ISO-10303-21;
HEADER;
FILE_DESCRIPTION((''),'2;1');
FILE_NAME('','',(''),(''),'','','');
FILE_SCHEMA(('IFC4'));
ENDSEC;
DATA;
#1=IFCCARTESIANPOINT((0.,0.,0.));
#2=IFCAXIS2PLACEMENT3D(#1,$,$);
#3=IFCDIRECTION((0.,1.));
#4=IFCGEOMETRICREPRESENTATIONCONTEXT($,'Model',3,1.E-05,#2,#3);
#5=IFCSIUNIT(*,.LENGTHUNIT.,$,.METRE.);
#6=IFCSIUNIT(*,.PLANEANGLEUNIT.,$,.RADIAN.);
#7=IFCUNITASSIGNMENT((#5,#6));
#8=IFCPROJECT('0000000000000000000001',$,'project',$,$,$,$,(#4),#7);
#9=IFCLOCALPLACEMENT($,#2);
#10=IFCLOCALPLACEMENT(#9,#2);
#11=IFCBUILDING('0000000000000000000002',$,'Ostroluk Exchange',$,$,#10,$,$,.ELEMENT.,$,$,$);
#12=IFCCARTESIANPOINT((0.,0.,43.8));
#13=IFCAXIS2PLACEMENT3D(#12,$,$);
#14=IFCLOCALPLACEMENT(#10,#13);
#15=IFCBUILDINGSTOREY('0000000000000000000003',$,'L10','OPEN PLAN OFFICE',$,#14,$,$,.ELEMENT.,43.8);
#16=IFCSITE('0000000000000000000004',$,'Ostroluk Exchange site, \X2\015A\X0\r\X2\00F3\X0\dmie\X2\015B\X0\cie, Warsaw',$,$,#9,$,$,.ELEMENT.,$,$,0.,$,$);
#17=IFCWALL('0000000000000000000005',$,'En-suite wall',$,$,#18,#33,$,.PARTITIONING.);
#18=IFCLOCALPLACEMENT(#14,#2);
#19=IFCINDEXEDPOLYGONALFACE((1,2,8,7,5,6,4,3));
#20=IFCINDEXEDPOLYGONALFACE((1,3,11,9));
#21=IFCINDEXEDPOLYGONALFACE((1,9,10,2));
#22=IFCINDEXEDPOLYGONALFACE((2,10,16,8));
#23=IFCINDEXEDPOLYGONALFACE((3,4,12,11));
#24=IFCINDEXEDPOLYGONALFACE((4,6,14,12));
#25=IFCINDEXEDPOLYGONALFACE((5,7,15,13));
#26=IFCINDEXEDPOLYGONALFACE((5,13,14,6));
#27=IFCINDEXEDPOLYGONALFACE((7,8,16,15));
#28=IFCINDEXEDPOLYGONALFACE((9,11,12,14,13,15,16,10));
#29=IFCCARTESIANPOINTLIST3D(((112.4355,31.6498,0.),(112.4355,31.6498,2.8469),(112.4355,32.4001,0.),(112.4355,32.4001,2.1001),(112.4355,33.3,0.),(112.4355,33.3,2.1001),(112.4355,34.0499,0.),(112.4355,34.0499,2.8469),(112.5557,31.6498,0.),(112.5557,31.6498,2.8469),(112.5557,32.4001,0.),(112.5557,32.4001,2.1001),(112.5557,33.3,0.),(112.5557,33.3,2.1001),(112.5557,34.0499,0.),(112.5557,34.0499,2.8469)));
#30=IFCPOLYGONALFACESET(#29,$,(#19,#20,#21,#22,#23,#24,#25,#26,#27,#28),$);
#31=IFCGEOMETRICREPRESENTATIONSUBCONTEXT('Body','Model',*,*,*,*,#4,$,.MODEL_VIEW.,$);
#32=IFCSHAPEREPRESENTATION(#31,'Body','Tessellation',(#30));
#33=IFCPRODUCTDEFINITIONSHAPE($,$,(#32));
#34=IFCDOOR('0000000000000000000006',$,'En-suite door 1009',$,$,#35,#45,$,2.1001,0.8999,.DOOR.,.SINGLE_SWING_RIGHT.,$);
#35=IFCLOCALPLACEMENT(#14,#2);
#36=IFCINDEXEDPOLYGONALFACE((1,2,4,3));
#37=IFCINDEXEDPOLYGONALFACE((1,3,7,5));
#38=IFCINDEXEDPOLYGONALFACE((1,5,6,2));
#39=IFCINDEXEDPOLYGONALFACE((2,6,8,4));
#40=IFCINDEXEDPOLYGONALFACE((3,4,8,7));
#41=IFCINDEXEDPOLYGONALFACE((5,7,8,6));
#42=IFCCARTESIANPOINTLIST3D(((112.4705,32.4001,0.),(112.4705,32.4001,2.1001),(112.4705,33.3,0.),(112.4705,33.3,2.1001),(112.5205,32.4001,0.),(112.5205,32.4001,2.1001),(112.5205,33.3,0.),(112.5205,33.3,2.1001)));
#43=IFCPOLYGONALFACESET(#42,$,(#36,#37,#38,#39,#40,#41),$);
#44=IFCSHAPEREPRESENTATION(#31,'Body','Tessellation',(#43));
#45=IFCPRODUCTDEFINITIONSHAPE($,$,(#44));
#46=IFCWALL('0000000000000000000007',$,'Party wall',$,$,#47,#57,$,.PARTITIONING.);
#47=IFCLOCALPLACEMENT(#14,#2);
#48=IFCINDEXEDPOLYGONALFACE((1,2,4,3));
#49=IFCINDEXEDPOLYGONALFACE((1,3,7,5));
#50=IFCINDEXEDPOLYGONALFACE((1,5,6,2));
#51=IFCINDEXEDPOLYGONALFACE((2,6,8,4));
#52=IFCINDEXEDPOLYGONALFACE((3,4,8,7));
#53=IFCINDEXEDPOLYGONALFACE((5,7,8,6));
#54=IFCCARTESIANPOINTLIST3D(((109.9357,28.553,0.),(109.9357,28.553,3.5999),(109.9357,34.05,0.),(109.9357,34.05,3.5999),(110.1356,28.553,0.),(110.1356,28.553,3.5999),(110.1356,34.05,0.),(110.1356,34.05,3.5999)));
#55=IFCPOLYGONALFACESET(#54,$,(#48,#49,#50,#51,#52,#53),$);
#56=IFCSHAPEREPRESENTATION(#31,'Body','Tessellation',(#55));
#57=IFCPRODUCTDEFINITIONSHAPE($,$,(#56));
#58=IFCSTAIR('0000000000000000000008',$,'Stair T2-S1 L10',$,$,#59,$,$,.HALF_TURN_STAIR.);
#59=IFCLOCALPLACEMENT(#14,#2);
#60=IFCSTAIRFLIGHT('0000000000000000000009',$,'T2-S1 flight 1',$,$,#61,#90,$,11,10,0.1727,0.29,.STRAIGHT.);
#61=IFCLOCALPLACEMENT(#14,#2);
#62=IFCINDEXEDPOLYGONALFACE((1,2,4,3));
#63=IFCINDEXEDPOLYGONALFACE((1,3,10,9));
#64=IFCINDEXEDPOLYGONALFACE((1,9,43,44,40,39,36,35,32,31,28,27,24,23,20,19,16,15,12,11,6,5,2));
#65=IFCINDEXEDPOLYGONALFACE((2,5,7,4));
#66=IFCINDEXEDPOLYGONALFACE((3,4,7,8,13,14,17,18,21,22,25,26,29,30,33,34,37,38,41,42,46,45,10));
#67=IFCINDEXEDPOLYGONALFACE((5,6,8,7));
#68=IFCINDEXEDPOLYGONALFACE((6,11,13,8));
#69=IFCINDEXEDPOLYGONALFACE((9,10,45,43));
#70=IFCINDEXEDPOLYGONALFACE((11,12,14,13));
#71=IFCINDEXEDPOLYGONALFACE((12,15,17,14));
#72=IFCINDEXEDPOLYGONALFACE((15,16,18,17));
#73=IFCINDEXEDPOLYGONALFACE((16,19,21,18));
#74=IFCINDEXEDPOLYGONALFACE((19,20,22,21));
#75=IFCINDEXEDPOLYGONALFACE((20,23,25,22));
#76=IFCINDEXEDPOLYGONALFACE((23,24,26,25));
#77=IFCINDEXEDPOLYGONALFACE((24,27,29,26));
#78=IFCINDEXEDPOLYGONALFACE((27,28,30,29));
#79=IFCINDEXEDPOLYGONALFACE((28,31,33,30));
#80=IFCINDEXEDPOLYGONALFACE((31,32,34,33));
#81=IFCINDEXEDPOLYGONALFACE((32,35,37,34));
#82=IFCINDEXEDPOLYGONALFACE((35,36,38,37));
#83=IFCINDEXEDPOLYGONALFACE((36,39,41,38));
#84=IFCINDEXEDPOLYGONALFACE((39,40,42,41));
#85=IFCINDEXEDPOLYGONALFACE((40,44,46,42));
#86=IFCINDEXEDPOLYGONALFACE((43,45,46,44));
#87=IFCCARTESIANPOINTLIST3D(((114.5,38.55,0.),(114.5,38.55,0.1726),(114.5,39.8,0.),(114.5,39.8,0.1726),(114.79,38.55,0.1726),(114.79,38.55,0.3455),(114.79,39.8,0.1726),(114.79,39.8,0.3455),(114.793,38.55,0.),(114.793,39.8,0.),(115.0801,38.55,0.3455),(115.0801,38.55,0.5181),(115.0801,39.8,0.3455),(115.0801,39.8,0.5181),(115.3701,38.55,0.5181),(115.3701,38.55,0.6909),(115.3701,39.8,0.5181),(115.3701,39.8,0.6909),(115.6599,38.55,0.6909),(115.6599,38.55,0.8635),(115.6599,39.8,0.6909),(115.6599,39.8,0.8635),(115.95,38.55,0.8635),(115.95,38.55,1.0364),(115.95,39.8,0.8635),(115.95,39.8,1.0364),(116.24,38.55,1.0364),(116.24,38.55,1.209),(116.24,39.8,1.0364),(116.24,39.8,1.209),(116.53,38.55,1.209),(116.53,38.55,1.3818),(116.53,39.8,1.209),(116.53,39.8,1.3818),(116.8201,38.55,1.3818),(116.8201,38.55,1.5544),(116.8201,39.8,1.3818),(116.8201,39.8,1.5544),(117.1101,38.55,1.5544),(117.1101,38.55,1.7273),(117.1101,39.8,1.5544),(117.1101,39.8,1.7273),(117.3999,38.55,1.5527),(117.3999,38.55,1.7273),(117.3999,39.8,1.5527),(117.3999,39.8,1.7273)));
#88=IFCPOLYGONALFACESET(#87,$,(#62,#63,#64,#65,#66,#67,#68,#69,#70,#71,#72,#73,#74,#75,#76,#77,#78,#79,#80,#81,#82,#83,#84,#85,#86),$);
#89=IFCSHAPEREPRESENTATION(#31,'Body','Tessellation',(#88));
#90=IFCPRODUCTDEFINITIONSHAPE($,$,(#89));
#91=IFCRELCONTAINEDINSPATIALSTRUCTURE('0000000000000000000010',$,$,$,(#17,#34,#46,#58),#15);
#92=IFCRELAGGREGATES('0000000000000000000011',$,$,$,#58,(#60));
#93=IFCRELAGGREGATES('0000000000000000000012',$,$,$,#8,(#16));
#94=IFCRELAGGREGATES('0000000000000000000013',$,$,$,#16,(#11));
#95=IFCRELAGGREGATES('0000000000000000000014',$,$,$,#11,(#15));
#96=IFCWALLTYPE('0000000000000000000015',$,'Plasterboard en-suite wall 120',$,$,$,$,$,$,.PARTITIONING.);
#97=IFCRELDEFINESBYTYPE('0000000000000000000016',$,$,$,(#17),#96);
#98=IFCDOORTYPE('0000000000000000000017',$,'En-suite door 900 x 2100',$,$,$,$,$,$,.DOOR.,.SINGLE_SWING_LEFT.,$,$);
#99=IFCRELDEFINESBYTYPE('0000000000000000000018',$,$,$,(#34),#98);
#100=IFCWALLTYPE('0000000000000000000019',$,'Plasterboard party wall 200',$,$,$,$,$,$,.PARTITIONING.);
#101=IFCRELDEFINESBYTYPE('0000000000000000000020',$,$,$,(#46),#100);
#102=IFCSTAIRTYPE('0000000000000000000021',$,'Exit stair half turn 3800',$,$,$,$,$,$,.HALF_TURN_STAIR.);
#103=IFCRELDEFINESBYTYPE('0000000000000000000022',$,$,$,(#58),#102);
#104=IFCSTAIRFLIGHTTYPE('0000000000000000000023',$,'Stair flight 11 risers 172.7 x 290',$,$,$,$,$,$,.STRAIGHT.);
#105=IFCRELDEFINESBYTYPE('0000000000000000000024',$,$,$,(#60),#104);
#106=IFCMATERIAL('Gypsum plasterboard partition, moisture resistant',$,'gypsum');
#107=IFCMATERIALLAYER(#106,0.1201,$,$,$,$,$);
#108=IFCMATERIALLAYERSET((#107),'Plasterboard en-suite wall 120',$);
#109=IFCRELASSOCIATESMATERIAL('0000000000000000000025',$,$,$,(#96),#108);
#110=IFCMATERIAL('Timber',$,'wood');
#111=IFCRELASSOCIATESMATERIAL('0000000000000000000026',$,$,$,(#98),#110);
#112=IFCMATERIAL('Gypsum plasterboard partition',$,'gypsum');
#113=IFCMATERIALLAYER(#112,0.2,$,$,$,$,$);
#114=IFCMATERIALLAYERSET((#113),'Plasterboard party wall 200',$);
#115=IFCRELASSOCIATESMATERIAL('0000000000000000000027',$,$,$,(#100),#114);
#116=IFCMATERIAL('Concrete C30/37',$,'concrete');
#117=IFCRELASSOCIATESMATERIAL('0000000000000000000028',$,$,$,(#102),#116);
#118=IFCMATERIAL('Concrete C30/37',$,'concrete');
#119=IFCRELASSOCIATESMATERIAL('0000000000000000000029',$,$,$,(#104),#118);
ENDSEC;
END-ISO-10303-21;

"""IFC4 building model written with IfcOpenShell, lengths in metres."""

from ifc_helpers import new_model, si_unit, direction, frame, frame_2d, origin, place, context, subcontext, project, spatial, polyline, rectangle, outline, extrude, material, layer, layer_set, type_object, element, fill, aggregate, save


model = new_model("IFC4")

# Units and contexts
model_context = context("Model", 3, precision=1e-05, world=origin(), true_north=direction((0.0, 1.0)))
body_context = subcontext(model_context, "Body", "Model", "MODEL_VIEW")
ifc_project = project(units=[si_unit("LENGTHUNIT", "METRE"), si_unit("PLANEANGLEUNIT", "RADIAN")], contexts=[model_context])

# Site, building, storey
site_placement = place(None, origin())
site = spatial("IfcSite", under=ifc_project, at=site_placement, Name="Ostroluk Exchange site, Śródmieście, Warsaw", CompositionType="ELEMENT", RefElevation=0.0)
building_placement = place(site_placement, origin())
building = spatial("IfcBuilding", under=site, at=building_placement, Name="Ostroluk Exchange", CompositionType="ELEMENT")
storey_placement = place(building_placement, frame((0.0, 0.0, 43.8)))
storey = spatial("IfcBuildingStorey", under=building, at=storey_placement, Name="L10", Description="OPEN PLAN OFFICE", CompositionType="ELEMENT", Elevation=43.8)

# Wall, opening, door
ifc_material_1 = material(Name="Gypsum plasterboard partition, moisture resistant", Category="gypsum")
ifc_layer_1 = layer(ifc_material_1, 0.1201)
ifc_layer_set_1 = layer_set([ifc_layer_1], Name="Plasterboard en-suite wall 120")
wall_type_1 = type_object("IfcWallType", Name="Plasterboard en-suite wall 120", PredefinedType="PARTITIONING", material=ifc_layer_set_1)
ifc_material_2 = material(Name="Timber", Category="wood")
door_type_1 = type_object("IfcDoorType", Name="En-suite door 900 x 2100", OperationType="SINGLE_SWING_LEFT", PredefinedType="DOOR", material=ifc_material_2)
wall_1_placement = place(storey_placement, frame((112.4956, 34.05, 0.0), z_axis=(0.0, 0.0, 1.0), x_axis=(0.0, -1.0, 0.0)))
wall_1 = element("IfcWall", 1, at=wall_1_placement, inside=storey, type_object=wall_type_1, Name="En-suite wall", PredefinedType="PARTITIONING", context=body_context, shape_type="SweptSolid", body=[
    extrude(rectangle(XDim=2.4001, YDim=0.1201, at=frame_2d((1.2002, 0.0))), origin(), (0.0, 0.0, 1.0), 2.8469),
])
opening_1_placement = place(wall_1_placement, frame((0.75, 0.0, 0.0)))
opening_1 = element("IfcOpeningElement", 2, at=opening_1_placement, cuts=wall_1, PredefinedType="OPENING", context=body_context, shape_type="SweptSolid", body=[
    extrude(rectangle(XDim=0.8999, YDim=2.1001, at=frame_2d((0.45, 1.05))), frame((0.0, 0.0701, 0.0), z_axis=(0.0, -1.0, 0.0), x_axis=(1.0, 0.0, 0.0)), (0.0, 0.0, 1.0), 0.1401),
])
door_1_placement = place(opening_1_placement, origin())
door_1 = element("IfcDoor", 3, at=door_1_placement, inside=storey, type_object=door_type_1, Name="En-suite door 1009", OperationType="SINGLE_SWING_RIGHT", OverallHeight=2.1001, OverallWidth=0.8999, PredefinedType="DOOR", context=body_context, shape_type="SweptSolid", body=[
    extrude(rectangle(XDim=0.8999, YDim=2.1001, at=frame_2d((0.45, 1.05))), frame((0.0, 0.0249, 0.0), z_axis=(0.0, -1.0, 0.0), x_axis=(1.0, 0.0, 0.0)), (0.0, 0.0, 1.0), 0.05),
])
fill(opening_1, door_1)

# Wall
ifc_material_3 = material(Name="Gypsum plasterboard partition", Category="gypsum")
ifc_layer_2 = layer(ifc_material_3, 0.2)
ifc_layer_set_2 = layer_set([ifc_layer_2], Name="Plasterboard party wall 200")
wall_type_2 = type_object("IfcWallType", Name="Plasterboard party wall 200", PredefinedType="PARTITIONING", material=ifc_layer_set_2)
wall_2_placement = place(storey_placement, frame((110.0356, 34.05, 0.0), z_axis=(0.0, 0.0, 1.0), x_axis=(0.0, -1.0, 0.0)))
element("IfcWall", 4, at=wall_2_placement, inside=storey, type_object=wall_type_2, Name="Party wall", PredefinedType="PARTITIONING", context=body_context, shape_type="SweptSolid", body=[
    extrude(rectangle(XDim=5.4971, YDim=0.2, at=frame_2d((2.7485, 0.0))), origin(), (0.0, 0.0, 1.0), 3.5999),
])

# Stair, stair flight
ifc_material_4 = material(Name="Concrete C30/37", Category="concrete")
stair_type = type_object("IfcStairType", Name="Exit stair half turn 3800", PredefinedType="HALF_TURN_STAIR", material=ifc_material_4)
stair_placement = place(storey_placement, origin())
stair = element("IfcStair", 5, at=stair_placement, inside=storey, type_object=stair_type, Name="Stair T2-S1 L10", PredefinedType="HALF_TURN_STAIR")
ifc_material_5 = material(Name="Concrete C30/37", Category="concrete")
stair_flight_type = type_object("IfcStairFlightType", Name="Stair flight 11 risers 172.7 x 290", PredefinedType="STRAIGHT", material=ifc_material_5)
stair_flight_placement = place(storey_placement, frame((114.5, 39.175, 0.0), z_axis=(0.0, 0.0, 1.0), x_axis=(1.0, 0.0, 0.0)))
stair_flight = element("IfcStairFlight", 6, at=stair_flight_placement, type_object=stair_flight_type, Name="T2-S1 flight 1", NumberOfRisers=11, NumberOfTreads=10, PredefinedType="STRAIGHT", RiserHeight=0.1727, TreadLength=0.29, context=body_context, shape_type="SweptSolid", body=[
    extrude(outline(polyline([(0.0, 0.0), (0.0, 0.1726), (0.29, 0.1726), (0.29, 0.3455), (0.5801, 0.3455), (0.5801, 0.5181), (0.8701, 0.5181), (0.8701, 0.6909), (1.1599, 0.6909), (1.1599, 0.8635), (1.45, 0.8635), (1.45, 1.0364), (1.74, 1.0364), (1.74, 1.209), (2.03, 1.209), (2.03, 1.3818), (2.3201, 1.3818), (2.3201, 1.5544), (2.6101, 1.5544), (2.6101, 1.7273), (2.8999, 1.7273), (2.8999, 1.8999), (2.8999, 1.5527), (0.293, 0.0), (0.0, 0.0)])), frame((0.0, 0.625, 0.0), z_axis=(0.0, -1.0, 0.0), x_axis=(1.0, 0.0, 0.0)), (0.0, 0.0, 1.0), 1.25),
])
aggregate(stair, [stair_flight])

save(model, "model.ifc")
